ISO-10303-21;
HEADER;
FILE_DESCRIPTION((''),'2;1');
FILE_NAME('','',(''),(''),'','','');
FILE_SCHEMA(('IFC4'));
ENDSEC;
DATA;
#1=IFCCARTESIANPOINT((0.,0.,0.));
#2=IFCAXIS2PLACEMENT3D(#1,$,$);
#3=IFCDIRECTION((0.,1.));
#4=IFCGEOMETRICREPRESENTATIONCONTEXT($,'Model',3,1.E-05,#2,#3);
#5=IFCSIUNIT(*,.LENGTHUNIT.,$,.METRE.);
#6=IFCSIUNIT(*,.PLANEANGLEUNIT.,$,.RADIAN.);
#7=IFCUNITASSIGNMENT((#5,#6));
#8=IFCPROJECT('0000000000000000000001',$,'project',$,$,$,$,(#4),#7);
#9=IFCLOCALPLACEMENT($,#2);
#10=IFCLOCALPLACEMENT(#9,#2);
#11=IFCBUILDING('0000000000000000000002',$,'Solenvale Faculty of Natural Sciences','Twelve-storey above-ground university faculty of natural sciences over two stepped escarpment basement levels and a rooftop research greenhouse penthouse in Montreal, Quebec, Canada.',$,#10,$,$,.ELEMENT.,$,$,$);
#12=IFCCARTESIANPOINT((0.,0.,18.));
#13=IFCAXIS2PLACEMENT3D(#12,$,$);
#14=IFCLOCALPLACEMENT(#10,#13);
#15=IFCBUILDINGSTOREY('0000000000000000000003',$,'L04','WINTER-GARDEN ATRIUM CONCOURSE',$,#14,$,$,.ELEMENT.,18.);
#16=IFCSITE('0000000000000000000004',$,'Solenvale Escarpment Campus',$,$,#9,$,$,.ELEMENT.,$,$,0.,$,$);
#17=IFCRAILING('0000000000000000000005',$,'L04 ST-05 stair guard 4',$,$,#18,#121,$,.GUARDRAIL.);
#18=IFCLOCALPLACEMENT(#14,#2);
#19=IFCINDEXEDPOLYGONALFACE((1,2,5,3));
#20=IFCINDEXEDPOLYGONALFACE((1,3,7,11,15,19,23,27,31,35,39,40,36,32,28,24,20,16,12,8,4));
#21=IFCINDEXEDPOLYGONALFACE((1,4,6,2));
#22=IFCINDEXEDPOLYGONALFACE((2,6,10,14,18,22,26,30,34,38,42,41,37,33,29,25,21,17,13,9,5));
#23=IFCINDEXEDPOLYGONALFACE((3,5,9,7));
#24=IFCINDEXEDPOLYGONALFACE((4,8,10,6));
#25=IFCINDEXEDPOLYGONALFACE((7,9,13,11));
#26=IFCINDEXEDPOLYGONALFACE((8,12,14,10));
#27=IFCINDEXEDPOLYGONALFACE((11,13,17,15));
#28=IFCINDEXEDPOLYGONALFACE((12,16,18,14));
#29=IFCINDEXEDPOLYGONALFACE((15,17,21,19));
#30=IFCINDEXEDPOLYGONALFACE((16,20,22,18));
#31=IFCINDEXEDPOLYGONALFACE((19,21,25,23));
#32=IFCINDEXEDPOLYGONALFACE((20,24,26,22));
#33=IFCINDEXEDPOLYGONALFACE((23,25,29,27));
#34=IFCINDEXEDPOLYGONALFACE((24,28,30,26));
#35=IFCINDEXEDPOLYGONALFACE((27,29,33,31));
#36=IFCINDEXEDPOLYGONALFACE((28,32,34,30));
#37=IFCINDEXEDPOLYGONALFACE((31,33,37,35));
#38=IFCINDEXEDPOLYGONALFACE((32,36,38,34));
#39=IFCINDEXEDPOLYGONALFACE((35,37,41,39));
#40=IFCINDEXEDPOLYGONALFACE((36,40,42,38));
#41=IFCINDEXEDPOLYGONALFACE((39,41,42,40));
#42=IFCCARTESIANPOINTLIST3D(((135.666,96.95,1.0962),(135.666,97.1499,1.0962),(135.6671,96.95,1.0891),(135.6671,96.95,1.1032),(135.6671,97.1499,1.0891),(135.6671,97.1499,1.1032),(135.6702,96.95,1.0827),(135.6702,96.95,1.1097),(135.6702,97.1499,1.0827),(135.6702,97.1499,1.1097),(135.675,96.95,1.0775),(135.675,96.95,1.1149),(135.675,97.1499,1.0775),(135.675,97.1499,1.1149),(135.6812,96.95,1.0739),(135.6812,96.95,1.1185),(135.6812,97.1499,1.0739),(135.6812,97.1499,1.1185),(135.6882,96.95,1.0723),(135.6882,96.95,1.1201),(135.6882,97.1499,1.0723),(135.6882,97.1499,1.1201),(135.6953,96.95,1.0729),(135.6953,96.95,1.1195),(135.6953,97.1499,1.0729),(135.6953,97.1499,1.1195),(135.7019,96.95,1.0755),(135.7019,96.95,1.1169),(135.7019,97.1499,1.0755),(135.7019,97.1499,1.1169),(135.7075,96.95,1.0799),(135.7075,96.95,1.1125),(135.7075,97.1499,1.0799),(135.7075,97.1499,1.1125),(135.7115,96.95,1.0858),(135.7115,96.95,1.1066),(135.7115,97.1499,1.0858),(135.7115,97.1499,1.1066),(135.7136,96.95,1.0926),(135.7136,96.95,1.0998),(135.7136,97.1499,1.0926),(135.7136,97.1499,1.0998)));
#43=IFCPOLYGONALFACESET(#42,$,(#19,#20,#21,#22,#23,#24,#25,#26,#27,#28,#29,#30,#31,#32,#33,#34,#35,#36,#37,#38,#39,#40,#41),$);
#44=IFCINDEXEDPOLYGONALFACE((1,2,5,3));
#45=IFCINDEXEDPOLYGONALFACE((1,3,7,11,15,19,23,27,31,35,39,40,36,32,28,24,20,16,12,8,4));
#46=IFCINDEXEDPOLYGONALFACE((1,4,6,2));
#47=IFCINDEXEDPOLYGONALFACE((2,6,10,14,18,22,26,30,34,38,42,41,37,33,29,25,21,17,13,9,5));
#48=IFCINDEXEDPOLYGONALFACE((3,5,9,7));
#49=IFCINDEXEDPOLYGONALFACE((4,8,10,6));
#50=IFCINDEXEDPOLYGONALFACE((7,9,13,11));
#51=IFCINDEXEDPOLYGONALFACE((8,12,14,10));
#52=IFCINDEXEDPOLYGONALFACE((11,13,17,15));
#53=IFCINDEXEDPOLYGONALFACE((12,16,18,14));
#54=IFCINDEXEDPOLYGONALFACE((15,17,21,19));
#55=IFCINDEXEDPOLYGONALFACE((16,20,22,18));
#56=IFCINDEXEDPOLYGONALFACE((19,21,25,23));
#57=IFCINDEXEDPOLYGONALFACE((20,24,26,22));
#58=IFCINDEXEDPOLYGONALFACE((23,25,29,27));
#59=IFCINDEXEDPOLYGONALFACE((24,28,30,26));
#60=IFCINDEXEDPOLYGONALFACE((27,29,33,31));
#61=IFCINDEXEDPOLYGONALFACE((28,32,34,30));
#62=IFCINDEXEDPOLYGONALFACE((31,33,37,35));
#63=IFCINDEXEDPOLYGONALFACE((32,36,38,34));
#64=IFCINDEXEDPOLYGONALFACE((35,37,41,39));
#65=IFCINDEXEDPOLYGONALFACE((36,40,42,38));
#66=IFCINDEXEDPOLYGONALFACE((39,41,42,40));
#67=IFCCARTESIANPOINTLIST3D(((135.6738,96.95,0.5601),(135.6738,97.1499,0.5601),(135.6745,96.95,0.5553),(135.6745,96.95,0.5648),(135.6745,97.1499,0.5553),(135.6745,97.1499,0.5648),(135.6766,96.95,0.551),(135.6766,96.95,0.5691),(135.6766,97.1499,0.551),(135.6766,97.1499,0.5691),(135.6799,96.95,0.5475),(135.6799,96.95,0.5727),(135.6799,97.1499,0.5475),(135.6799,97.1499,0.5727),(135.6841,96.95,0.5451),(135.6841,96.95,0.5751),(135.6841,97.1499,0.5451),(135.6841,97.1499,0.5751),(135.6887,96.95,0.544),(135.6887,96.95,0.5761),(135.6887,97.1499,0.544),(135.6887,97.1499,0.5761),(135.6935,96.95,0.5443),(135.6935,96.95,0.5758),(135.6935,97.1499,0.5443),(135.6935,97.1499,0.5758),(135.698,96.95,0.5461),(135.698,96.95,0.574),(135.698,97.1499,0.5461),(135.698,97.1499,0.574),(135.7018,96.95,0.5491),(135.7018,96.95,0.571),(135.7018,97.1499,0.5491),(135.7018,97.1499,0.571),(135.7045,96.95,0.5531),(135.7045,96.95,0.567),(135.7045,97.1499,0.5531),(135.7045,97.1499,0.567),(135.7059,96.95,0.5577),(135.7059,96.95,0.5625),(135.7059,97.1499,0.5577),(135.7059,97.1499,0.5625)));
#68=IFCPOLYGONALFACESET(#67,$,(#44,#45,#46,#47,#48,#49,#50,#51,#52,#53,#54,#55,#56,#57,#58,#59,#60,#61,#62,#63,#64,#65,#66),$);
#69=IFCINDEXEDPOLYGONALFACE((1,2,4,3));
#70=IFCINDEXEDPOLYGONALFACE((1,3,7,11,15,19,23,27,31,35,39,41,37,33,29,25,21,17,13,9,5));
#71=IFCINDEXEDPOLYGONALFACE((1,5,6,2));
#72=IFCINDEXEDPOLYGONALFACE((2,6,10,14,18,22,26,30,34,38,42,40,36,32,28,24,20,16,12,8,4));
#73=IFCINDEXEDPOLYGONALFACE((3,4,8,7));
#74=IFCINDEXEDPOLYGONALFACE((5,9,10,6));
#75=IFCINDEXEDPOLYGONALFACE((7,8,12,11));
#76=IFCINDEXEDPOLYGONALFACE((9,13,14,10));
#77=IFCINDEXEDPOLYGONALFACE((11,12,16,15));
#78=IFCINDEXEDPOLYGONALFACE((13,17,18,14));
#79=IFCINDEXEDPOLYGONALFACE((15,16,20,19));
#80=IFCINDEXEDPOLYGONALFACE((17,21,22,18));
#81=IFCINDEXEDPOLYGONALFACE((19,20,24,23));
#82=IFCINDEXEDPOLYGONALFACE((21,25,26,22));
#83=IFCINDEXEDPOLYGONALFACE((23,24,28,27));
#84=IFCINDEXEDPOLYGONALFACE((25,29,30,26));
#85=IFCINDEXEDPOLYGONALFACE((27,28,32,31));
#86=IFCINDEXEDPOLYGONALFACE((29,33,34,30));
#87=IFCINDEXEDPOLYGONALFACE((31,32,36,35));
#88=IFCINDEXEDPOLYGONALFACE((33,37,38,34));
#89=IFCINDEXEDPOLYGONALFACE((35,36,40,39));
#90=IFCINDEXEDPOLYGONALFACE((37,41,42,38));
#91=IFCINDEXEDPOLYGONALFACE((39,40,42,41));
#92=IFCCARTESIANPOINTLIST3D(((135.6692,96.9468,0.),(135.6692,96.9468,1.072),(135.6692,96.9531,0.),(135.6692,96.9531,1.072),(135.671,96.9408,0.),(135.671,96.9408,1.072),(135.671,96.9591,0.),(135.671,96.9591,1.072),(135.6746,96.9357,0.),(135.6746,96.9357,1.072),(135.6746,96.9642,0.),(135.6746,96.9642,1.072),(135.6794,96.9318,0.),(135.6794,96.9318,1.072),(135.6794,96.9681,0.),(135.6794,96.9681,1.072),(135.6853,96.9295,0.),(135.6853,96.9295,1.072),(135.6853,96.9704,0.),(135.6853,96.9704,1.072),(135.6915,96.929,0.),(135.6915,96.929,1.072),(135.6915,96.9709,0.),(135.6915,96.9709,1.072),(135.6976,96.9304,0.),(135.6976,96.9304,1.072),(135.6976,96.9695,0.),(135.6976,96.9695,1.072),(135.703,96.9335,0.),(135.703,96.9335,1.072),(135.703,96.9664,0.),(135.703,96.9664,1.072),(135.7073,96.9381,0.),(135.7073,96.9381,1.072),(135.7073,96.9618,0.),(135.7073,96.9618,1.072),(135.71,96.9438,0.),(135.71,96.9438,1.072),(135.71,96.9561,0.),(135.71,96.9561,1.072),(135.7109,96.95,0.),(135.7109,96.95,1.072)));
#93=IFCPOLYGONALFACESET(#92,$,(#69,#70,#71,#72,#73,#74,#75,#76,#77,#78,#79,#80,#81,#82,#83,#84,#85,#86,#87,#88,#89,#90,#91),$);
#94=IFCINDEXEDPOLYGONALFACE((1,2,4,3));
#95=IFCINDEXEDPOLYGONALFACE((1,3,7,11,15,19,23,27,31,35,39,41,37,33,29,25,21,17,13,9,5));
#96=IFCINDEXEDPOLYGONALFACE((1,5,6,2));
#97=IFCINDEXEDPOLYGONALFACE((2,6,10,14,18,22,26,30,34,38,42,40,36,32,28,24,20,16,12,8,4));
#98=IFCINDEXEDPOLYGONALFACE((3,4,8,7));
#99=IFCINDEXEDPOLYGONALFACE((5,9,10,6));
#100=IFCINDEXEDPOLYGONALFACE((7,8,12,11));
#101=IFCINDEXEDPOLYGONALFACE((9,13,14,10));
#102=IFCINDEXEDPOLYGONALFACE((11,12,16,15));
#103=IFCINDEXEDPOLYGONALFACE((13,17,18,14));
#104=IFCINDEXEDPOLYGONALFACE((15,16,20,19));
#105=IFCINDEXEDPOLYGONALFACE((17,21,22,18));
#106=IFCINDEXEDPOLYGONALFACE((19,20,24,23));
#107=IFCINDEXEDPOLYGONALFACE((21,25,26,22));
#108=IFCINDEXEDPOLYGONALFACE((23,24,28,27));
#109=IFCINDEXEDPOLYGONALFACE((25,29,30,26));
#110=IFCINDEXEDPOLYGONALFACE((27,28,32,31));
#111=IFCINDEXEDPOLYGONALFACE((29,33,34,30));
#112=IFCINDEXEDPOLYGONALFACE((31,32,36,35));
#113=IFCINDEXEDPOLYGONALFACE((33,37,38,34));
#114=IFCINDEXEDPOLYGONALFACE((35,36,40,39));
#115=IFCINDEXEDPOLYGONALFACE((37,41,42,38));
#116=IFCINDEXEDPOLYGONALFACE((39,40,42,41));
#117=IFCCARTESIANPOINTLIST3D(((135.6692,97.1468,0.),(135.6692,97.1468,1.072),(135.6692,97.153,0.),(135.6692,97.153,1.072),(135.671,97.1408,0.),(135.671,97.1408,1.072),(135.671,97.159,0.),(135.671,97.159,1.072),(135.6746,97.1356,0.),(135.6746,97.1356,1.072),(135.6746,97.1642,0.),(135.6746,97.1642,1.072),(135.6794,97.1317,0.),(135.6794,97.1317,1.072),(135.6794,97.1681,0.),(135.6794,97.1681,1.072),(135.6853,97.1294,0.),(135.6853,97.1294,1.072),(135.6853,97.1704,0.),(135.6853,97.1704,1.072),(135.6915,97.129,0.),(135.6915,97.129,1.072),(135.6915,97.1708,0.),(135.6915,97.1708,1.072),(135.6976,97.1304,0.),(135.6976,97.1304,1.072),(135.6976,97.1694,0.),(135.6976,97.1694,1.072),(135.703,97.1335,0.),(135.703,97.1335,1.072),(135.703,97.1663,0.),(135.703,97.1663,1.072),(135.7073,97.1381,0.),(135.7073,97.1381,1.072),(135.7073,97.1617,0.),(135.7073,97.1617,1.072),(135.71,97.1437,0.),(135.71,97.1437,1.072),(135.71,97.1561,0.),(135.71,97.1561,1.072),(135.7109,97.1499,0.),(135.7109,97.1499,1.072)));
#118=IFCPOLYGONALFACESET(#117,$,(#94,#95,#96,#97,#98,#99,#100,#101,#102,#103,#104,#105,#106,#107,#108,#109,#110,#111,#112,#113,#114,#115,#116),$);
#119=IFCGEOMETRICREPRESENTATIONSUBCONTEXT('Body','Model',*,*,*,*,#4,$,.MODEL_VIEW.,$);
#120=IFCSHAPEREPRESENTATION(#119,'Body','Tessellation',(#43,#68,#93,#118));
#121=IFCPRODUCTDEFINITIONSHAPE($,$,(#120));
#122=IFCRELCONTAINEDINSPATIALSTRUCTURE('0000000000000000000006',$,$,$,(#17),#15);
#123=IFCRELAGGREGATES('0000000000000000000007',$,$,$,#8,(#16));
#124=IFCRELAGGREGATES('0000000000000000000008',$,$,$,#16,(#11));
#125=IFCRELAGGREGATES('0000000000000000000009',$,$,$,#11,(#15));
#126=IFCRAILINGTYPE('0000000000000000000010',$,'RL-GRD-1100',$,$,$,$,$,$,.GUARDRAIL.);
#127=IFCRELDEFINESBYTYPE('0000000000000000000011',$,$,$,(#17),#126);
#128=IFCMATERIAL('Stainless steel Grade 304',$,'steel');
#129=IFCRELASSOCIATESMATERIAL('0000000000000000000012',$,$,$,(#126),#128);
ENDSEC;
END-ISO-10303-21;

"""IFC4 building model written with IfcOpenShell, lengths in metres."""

from ifc_helpers import new_model, si_unit, direction, frame, origin, origin_2d, place, context, subcontext, project, spatial, circle, extrude, material, type_object, element, save


model = new_model("IFC4")

# Units and contexts
model_context = context("Model", 3, precision=1e-05, world=origin(), true_north=direction((0.0, 1.0)))
body_context = subcontext(model_context, "Body", "Model", "MODEL_VIEW")
ifc_project = project(units=[si_unit("LENGTHUNIT", "METRE"), si_unit("PLANEANGLEUNIT", "RADIAN")], contexts=[model_context])

# Site, building, storey
site_placement = place(None, origin())
site = spatial("IfcSite", under=ifc_project, at=site_placement, Name="Solenvale Escarpment Campus", CompositionType="ELEMENT", RefElevation=0.0)
building_placement = place(site_placement, origin())
building = spatial("IfcBuilding", under=site, at=building_placement, Name="Solenvale Faculty of Natural Sciences", Description="Twelve-storey above-ground university faculty of natural sciences over two stepped escarpment basement levels and a rooftop research greenhouse penthouse in Montreal, Quebec, Canada.", CompositionType="ELEMENT")
storey_placement = place(building_placement, frame((0.0, 0.0, 18.0)))
storey = spatial("IfcBuildingStorey", under=building, at=storey_placement, Name="L04", Description="WINTER-GARDEN ATRIUM CONCOURSE", CompositionType="ELEMENT", Elevation=18.0)

# Railing
ifc_material_1 = material(Name="Stainless steel Grade 304", Category="steel")
railing_type_1 = type_object("IfcRailingType", Name="RL-GRD-1100", PredefinedType="GUARDRAIL", material=ifc_material_1)
railing_1_placement = place(storey_placement, frame((135.6899, 96.95, 0.0)))
element("IfcRailing", 1, at=railing_1_placement, inside=storey, type_object=railing_type_1, Name="L04 ST-05 stair guard 4", PredefinedType="GUARDRAIL", context=body_context, shape_type="SweptSolid", body=[
    extrude(circle(Radius=0.0239, at=origin_2d()), frame((0.0, 0.0, 1.0962), z_axis=(0.0, 1.0, 0.0), x_axis=(-1.0, 0.0, 0.0)), (0.0, 0.0, 1.0), 0.2),
    extrude(circle(Radius=0.0161, at=origin_2d()), frame((0.0, 0.0, 0.5601), z_axis=(0.0, 1.0, 0.0), x_axis=(-1.0, 0.0, 0.0)), (0.0, 0.0, 1.0), 0.2),
    extrude(circle(Radius=0.021, at=origin_2d()), origin(), (0.0, 0.0, 1.0), 1.072),
    extrude(circle(Radius=0.021, at=origin_2d()), frame((0.0, 0.2, 0.0)), (0.0, 0.0, 1.0), 1.072),
])

save(model, "model.ifc")
